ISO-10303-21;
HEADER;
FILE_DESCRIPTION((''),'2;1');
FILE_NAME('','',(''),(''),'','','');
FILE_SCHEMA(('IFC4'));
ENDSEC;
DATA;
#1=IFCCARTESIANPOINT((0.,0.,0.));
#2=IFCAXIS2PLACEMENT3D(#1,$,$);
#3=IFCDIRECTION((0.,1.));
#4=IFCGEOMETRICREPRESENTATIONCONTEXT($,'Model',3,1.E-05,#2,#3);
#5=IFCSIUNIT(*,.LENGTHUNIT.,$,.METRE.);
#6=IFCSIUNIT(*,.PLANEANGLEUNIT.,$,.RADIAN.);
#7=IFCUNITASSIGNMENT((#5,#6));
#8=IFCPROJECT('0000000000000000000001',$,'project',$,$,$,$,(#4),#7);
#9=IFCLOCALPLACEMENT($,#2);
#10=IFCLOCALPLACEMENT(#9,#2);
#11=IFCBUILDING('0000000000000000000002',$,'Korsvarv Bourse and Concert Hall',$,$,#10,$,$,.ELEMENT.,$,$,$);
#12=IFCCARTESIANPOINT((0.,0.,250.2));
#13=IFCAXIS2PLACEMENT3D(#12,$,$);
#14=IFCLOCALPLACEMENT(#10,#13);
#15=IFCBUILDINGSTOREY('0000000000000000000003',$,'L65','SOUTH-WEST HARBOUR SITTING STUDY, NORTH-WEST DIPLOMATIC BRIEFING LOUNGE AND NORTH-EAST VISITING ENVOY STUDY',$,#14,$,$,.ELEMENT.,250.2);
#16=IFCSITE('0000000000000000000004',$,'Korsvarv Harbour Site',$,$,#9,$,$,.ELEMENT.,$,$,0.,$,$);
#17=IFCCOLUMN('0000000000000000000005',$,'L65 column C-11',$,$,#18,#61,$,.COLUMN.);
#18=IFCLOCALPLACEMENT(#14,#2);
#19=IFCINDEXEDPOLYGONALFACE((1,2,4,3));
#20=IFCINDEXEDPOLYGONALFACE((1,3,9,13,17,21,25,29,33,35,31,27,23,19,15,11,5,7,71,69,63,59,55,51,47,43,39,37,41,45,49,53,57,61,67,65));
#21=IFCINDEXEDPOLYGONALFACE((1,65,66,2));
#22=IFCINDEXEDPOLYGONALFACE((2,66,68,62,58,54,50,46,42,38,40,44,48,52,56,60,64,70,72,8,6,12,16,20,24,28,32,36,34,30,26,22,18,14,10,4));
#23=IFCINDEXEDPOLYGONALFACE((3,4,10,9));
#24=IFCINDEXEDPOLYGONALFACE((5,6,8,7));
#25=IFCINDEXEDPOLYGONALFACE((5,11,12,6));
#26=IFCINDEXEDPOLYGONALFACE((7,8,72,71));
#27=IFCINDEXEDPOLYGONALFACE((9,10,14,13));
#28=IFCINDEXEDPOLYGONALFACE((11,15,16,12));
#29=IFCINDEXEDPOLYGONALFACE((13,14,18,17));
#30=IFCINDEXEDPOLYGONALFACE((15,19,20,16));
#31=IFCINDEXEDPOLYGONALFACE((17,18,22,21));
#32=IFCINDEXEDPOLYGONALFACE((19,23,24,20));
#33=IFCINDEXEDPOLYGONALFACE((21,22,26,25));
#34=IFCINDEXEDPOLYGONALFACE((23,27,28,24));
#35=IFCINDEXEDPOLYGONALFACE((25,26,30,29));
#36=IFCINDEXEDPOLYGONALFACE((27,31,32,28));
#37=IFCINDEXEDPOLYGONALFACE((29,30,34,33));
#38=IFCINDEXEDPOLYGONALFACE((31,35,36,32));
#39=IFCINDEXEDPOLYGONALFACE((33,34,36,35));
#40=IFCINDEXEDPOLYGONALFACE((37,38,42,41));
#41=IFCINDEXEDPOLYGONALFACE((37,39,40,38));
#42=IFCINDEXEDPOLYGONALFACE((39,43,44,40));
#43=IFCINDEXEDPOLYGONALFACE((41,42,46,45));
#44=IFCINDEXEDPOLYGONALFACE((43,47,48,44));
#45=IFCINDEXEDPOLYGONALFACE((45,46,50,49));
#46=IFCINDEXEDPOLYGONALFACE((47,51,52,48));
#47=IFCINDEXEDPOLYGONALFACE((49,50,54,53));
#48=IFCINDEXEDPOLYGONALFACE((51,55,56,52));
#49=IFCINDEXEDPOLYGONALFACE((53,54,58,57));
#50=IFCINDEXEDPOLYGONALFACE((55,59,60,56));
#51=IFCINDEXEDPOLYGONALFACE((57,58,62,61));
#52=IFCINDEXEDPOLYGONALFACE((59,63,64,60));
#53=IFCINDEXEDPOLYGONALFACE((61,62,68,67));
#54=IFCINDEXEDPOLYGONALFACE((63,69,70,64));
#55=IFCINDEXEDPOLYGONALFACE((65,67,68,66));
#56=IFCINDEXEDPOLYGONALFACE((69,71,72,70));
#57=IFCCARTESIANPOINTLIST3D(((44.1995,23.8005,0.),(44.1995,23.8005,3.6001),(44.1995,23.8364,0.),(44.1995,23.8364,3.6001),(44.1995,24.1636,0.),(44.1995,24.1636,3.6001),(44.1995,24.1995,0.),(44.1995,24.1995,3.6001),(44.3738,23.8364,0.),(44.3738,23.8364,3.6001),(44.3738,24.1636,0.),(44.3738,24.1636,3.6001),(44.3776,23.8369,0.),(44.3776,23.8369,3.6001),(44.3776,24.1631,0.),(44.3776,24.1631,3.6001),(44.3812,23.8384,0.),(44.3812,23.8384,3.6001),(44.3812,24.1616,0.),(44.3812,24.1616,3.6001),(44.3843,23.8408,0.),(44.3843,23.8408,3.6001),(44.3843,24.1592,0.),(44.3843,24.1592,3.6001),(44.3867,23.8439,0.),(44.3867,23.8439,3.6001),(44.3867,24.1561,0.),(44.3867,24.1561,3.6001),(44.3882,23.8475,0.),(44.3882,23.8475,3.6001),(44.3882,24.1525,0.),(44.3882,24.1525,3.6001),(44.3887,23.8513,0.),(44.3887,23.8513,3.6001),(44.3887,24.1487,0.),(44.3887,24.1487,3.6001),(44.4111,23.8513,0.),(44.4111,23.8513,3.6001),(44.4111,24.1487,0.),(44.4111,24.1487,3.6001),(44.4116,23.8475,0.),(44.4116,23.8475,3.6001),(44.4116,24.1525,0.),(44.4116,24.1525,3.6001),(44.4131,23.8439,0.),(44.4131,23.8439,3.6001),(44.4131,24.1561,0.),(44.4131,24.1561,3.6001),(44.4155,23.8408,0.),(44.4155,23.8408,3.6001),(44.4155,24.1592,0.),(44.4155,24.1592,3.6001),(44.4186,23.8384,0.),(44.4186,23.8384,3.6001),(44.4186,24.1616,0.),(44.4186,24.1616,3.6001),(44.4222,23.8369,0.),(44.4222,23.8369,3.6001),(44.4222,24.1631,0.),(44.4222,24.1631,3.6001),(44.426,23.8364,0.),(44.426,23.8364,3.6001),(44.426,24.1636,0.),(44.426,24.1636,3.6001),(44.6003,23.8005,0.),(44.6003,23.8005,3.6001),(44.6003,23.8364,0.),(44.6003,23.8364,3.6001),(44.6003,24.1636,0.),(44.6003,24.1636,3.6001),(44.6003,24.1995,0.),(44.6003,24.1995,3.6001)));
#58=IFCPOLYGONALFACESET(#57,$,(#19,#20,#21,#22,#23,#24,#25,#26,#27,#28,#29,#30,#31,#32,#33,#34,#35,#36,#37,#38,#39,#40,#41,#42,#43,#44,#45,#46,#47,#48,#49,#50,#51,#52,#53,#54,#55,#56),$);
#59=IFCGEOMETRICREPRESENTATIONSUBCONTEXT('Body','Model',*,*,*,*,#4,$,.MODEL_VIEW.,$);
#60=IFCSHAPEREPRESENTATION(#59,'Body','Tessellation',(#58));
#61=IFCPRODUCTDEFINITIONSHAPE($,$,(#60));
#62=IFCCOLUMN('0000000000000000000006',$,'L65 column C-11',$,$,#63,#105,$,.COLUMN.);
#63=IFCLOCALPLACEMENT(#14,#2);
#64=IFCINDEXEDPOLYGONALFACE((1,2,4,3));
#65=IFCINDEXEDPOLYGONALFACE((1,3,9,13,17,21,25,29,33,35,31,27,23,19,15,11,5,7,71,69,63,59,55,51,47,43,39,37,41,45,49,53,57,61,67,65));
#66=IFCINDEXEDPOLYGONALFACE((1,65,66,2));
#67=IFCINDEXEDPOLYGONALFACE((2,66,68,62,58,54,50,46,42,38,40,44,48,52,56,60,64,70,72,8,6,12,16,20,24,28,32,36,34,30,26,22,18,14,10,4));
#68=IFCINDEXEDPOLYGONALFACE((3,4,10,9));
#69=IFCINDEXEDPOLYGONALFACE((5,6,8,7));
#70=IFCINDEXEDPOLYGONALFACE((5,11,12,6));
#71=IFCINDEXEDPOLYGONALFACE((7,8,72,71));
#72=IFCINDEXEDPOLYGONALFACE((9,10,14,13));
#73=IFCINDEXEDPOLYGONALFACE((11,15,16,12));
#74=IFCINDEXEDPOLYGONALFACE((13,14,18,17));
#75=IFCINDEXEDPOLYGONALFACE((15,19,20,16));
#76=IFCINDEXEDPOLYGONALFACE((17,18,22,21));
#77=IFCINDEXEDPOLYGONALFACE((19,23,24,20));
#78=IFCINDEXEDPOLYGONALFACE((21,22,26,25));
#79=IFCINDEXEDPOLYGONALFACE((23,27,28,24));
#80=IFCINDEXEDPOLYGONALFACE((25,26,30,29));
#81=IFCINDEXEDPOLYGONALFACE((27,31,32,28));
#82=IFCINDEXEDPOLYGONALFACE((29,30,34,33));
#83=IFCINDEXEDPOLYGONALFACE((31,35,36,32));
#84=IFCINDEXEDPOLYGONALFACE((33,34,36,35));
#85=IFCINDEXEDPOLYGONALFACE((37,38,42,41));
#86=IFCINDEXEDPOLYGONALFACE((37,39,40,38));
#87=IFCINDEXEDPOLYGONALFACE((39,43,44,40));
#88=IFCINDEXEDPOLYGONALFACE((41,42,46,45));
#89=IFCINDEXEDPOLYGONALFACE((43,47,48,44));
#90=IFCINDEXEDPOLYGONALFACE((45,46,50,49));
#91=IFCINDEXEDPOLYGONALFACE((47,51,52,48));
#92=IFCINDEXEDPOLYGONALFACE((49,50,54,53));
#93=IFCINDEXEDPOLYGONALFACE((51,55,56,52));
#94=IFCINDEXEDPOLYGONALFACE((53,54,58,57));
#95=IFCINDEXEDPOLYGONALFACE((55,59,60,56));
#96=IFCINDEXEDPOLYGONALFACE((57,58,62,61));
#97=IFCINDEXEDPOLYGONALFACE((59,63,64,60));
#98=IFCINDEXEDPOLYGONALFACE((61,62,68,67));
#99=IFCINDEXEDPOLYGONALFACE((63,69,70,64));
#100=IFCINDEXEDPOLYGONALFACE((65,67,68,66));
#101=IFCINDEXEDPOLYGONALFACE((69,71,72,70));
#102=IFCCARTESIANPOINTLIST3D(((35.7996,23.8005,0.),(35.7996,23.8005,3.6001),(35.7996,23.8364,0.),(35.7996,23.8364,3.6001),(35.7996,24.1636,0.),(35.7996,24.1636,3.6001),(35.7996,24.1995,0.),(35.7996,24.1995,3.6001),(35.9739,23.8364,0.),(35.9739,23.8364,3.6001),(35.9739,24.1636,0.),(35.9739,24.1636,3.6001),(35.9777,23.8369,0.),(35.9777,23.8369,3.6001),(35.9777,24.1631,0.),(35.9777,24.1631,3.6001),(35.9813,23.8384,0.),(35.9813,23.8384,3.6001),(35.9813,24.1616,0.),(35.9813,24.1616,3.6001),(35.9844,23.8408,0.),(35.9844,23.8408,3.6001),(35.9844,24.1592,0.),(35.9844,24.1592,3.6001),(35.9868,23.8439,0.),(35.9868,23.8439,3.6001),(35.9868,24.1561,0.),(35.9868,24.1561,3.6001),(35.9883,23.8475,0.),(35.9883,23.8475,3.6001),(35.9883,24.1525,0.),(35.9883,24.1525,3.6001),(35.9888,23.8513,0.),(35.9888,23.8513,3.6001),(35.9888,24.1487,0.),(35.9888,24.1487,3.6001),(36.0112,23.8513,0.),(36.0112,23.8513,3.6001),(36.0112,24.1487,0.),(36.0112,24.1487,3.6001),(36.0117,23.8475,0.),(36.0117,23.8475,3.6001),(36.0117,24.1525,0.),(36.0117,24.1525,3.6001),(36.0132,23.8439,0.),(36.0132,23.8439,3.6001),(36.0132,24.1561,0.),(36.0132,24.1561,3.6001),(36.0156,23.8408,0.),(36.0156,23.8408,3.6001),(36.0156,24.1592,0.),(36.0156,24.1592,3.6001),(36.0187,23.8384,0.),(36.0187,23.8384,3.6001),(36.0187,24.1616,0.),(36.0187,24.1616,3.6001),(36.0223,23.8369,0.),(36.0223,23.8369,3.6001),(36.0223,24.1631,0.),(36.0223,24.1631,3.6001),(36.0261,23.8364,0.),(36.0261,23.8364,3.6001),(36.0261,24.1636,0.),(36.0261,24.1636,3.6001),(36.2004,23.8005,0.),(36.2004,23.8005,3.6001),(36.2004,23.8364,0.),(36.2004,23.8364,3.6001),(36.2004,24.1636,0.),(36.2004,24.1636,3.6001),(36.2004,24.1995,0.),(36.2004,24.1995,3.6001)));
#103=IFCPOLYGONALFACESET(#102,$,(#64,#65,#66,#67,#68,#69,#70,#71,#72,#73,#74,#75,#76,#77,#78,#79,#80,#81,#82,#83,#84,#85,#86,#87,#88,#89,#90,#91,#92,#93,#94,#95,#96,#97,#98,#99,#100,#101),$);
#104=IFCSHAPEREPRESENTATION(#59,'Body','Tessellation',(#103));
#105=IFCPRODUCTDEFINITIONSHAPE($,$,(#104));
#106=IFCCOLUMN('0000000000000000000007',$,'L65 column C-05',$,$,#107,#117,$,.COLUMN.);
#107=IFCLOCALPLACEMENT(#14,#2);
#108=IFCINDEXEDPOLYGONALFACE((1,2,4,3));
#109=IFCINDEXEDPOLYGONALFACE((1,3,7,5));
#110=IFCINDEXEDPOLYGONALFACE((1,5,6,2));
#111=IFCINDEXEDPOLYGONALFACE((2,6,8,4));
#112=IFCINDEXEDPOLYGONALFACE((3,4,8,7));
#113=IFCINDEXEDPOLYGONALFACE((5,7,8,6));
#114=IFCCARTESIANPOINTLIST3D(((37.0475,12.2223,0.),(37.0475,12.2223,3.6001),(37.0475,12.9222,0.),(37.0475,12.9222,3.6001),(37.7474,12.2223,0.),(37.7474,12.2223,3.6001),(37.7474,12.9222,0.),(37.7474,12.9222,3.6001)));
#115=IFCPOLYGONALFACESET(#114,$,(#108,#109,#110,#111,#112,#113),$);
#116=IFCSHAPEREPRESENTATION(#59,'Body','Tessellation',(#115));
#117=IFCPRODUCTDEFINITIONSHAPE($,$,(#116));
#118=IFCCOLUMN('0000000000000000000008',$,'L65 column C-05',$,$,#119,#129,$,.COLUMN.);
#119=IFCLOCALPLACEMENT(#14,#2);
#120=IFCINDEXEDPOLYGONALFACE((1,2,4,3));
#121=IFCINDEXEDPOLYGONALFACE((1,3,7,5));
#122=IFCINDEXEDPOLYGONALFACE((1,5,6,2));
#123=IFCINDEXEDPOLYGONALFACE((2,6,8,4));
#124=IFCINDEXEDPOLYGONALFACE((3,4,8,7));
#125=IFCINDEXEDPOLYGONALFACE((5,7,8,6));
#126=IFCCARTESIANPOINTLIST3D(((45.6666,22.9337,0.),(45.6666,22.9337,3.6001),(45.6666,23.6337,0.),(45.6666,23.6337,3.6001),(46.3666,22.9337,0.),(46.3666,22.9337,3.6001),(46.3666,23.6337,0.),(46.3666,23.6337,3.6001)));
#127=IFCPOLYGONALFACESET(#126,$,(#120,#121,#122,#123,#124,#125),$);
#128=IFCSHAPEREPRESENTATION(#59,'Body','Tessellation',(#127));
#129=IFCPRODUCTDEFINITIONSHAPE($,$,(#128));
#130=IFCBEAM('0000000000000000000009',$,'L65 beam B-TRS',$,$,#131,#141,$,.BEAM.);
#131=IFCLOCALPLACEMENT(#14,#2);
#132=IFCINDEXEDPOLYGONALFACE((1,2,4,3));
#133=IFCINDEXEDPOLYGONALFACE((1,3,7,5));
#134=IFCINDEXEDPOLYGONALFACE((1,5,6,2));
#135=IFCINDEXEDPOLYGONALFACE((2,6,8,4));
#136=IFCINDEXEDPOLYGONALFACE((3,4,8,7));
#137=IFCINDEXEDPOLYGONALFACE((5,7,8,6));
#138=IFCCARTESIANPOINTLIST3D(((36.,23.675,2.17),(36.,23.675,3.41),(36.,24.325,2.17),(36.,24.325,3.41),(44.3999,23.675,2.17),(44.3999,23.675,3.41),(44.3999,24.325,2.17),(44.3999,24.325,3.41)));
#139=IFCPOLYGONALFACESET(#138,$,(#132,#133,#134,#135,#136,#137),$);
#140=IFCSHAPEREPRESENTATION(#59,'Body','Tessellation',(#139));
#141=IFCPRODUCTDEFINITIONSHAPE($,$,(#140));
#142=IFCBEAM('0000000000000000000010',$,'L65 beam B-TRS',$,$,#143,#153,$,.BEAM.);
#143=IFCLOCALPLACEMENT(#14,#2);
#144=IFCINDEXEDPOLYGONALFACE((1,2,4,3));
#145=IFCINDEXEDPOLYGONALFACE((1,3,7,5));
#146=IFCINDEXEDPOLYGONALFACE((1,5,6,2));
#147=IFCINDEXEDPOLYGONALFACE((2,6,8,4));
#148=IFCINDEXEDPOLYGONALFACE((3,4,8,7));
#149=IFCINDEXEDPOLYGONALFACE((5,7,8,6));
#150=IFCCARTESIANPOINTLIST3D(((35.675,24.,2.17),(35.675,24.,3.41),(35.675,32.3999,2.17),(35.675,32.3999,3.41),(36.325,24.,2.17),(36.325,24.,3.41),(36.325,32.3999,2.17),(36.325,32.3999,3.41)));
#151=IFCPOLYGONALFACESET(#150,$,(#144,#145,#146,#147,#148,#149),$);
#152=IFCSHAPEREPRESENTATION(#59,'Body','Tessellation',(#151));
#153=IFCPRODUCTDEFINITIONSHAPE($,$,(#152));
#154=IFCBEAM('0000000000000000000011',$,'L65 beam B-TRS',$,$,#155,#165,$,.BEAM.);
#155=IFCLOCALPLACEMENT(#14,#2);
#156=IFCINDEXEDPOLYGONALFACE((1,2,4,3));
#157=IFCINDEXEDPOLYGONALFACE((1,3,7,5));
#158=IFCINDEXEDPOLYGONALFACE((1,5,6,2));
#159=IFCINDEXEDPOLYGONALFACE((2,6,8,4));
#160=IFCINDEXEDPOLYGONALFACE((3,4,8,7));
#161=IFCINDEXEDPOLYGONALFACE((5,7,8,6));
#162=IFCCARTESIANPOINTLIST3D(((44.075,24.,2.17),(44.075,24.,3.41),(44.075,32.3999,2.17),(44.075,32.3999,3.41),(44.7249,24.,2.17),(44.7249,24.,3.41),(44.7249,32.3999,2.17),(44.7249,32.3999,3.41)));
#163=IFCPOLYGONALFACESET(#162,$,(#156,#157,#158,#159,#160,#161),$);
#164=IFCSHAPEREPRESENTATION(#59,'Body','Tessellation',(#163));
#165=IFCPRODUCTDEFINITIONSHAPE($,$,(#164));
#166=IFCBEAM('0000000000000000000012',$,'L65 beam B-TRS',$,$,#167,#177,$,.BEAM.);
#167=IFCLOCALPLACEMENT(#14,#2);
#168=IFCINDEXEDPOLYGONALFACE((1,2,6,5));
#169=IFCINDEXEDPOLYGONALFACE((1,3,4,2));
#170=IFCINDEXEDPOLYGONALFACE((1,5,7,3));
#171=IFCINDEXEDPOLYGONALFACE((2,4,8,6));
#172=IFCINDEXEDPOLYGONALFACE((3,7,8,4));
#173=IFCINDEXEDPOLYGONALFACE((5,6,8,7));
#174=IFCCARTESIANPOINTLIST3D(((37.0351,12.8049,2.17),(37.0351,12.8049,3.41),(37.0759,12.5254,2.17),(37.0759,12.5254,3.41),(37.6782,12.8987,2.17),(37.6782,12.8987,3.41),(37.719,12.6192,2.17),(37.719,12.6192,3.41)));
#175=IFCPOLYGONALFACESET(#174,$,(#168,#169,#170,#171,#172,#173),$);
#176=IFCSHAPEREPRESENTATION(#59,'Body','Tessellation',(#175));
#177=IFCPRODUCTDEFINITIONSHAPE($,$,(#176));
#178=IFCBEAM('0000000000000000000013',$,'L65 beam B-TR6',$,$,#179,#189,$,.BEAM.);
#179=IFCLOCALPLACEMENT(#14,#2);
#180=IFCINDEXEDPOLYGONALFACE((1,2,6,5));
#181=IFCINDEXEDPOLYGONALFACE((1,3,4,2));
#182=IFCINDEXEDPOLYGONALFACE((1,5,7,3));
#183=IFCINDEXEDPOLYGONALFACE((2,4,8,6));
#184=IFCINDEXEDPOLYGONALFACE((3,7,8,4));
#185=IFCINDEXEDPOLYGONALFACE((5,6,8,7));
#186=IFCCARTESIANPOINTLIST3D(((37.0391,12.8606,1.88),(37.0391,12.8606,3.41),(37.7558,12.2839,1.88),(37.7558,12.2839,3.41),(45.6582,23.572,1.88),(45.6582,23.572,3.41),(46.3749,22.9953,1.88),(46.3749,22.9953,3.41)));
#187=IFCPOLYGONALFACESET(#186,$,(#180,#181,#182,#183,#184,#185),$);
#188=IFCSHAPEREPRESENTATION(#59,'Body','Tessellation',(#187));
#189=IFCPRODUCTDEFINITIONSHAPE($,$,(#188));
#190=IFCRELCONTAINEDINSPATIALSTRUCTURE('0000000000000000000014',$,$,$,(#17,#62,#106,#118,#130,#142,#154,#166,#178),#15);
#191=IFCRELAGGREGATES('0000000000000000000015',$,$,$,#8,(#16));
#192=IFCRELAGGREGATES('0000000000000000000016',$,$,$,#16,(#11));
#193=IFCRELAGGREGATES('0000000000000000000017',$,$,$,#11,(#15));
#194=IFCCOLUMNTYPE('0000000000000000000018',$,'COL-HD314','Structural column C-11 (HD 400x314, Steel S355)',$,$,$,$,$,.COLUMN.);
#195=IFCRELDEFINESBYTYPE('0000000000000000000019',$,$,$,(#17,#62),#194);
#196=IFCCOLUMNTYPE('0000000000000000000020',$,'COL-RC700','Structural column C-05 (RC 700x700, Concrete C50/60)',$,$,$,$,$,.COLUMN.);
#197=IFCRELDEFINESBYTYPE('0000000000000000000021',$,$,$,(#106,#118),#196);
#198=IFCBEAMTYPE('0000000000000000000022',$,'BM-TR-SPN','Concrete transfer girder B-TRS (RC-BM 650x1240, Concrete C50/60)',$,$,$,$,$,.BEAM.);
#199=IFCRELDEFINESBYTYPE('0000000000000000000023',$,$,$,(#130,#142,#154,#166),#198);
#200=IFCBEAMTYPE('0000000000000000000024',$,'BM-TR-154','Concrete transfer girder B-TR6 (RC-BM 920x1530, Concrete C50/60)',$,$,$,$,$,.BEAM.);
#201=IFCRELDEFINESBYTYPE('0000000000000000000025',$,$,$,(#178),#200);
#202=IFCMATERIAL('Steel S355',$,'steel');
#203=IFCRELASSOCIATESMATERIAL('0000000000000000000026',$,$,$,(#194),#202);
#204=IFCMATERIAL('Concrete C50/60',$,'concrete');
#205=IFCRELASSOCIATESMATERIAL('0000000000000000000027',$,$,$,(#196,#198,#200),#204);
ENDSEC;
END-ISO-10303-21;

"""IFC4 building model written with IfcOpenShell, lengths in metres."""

from ifc_helpers import new_model, si_unit, direction, frame, origin, origin_2d, place, context, subcontext, project, spatial, rectangle, i_section, extrude, source, transform, mapped, material, material_profile, profile_set, type_object, element, save


model = new_model("IFC4")

# Units and contexts
model_context = context("Model", 3, precision=1e-05, world=origin(), true_north=direction((0.0, 1.0)))
body_context = subcontext(model_context, "Body", "Model", "MODEL_VIEW")
ifc_project = project(units=[si_unit("LENGTHUNIT", "METRE"), si_unit("PLANEANGLEUNIT", "RADIAN")], contexts=[model_context])

# Site, building, storey
site_placement = place(None, origin())
site = spatial("IfcSite", under=ifc_project, at=site_placement, Name="Korsvarv Harbour Site", CompositionType="ELEMENT", RefElevation=0.0)
building_placement = place(site_placement, origin())
building = spatial("IfcBuilding", under=site, at=building_placement, Name="Korsvarv Bourse and Concert Hall", CompositionType="ELEMENT")
storey_placement = place(building_placement, frame((0.0, 0.0, 250.2)))
storey = spatial("IfcBuildingStorey", under=building, at=storey_placement, Name="L65", Description="SOUTH-WEST HARBOUR SITTING STUDY, NORTH-WEST DIPLOMATIC BRIEFING LOUNGE AND NORTH-EAST VISITING ENVOY STUDY", CompositionType="ELEMENT", Elevation=250.2)

# Columns
ifc_material_1 = material(Name="Steel S355", Category="steel")
ifc_material_profile_1 = material_profile(ifc_material_1, i_section(OverallWidth=0.4009, OverallDepth=0.3989, WebThickness=0.0225, FlangeThickness=0.0359, FilletRadius=0.0149, at=origin_2d()), Name="HD 400x314")
ifc_profile_set_1 = profile_set([ifc_material_profile_1], Name="Steel S355")
column_type_1 = type_object("IfcColumnType", Name="COL-HD314", Description="Structural column C-11 (HD 400x314, Steel S355)", PredefinedType="COLUMN", material=ifc_profile_set_1)
shared_shape_1 = source(origin(), body_context, "Body", "SweptSolid", [
    extrude(i_section(OverallWidth=0.4009, OverallDepth=0.3989, WebThickness=0.0225, FlangeThickness=0.0359, FilletRadius=0.0149, at=origin_2d()), origin(), (0.0, 0.0, 1.0), 3.6001),
])
for number, where, z_axis, x_axis, name in (
    (1, (44.3999, 24.0, 0.0), (0.0, 0.0, 1.0), (1.0, 0.0, 0.0), "L65 column C-11"),
    (2, (36.0, 24.0, 0.0), (0.0, 0.0, 1.0), (1.0, 0.0, 0.0), "L65 column C-11"),
):
    element("IfcColumn", number, at=place(storey_placement, frame(where, z_axis=z_axis, x_axis=x_axis)), inside=storey, type_object=column_type_1, Name=name, PredefinedType="COLUMN", context=body_context, shape_type="MappedRepresentation", body=[
        mapped(shared_shape_1, transform((0.0, 0.0, 0.0), scale=1.0)),
    ])
ifc_material_2 = material(Name="Concrete C50/60", Category="concrete")
ifc_material_profile_2 = material_profile(ifc_material_2, rectangle(XDim=0.7, YDim=0.7, at=origin_2d()), Name="RC 700x700")
ifc_profile_set_2 = profile_set([ifc_material_profile_2], Name="Concrete C50/60")
column_type_2 = type_object("IfcColumnType", Name="COL-RC700", Description="Structural column C-05 (RC 700x700, Concrete C50/60)", PredefinedType="COLUMN", material=ifc_profile_set_2)
shared_shape_2 = source(origin(), body_context, "Body", "SweptSolid", [
    extrude(rectangle(XDim=0.7, YDim=0.7, at=origin_2d()), origin(), (0.0, 0.0, 1.0), 3.6001),
])
for number, where, z_axis, x_axis, name in (
    (3, (37.3975, 12.5723, 0.0), (0.0, 0.0, 1.0), (1.0, 0.0, 0.0), "L65 column C-05"),
    (4, (46.0166, 23.2837, 0.0), (0.0, 0.0, 1.0), (1.0, 0.0, 0.0), "L65 column C-05"),
):
    element("IfcColumn", number, at=place(storey_placement, frame(where, z_axis=z_axis, x_axis=x_axis)), inside=storey, type_object=column_type_2, Name=name, PredefinedType="COLUMN", context=body_context, shape_type="MappedRepresentation", body=[
        mapped(shared_shape_2, transform((0.0, 0.0, 0.0), scale=1.0)),
    ])

# Beams
ifc_material_profile_3 = material_profile(ifc_material_2, rectangle(XDim=0.6499, YDim=1.24, at=origin_2d()), Name="RC-BM 650x1240")
ifc_profile_set_3 = profile_set([ifc_material_profile_3], Name="Concrete C50/60")
beam_type_1 = type_object("IfcBeamType", Name="BM-TR-SPN", Description="Concrete transfer girder B-TRS (RC-BM 650x1240, Concrete C50/60)", PredefinedType="BEAM", material=ifc_profile_set_3)
shared_shape_3 = source(origin(), body_context, "Body", "SweptSolid", [
    extrude(rectangle(XDim=0.6499, YDim=1.24, at=origin_2d()), origin(), (0.0, 0.0, 1.0), 8.3999),
])
for number, where, z_axis, x_axis, name in (
    (5, (36.0, 24.0, 2.79), (1.0, 0.0, 0.0), (0.0, 1.0, 0.0), "L65 beam B-TRS"),
    (6, (36.0, 24.0, 2.79), (0.0, 1.0, 0.0), (-1.0, 0.0, 0.0), "L65 beam B-TRS"),
    (7, (44.3999, 24.0, 2.79), (0.0, 1.0, 0.0), (-1.0, 0.0, 0.0), "L65 beam B-TRS"),
):
    element("IfcBeam", number, at=place(storey_placement, frame(where, z_axis=z_axis, x_axis=x_axis)), inside=storey, type_object=beam_type_1, Name=name, PredefinedType="BEAM", context=body_context, shape_type="MappedRepresentation", body=[
        mapped(shared_shape_3, transform((0.0, 0.0, 0.0), scale=1.0)),
    ])
shared_shape_4 = source(origin(), body_context, "Body", "SweptSolid", [
    extrude(rectangle(XDim=0.6499, YDim=1.24, at=origin_2d()), origin(), (0.0, 0.0, 1.0), 0.2825),
])
beam_1_placement = place(storey_placement, frame((37.3975, 12.5723, 2.79), z_axis=(-0.144325, 0.98953, 0.0), x_axis=(-0.98953, -0.144325, 0.0)))
element("IfcBeam", 8, at=beam_1_placement, inside=storey, type_object=beam_type_1, Name="L65 beam B-TRS", PredefinedType="BEAM", context=body_context, shape_type="MappedRepresentation", body=[
    mapped(shared_shape_4, transform((0.0, 0.0, 0.0), scale=1.0)),
])
ifc_material_profile_4 = material_profile(ifc_material_2, rectangle(XDim=0.9199, YDim=1.53, at=origin_2d()), Name="RC-BM 920x1530")
ifc_profile_set_4 = profile_set([ifc_material_profile_4], Name="Concrete C50/60")
beam_type_2 = type_object("IfcBeamType", Name="BM-TR-154", Description="Concrete transfer girder B-TR6 (RC-BM 920x1530, Concrete C50/60)", PredefinedType="BEAM", material=ifc_profile_set_4)
shared_shape_5 = source(origin(), body_context, "Body", "SweptSolid", [
    extrude(rectangle(XDim=0.9199, YDim=1.53, at=origin_2d()), origin(), (0.0, 0.0, 1.0), 13.7485),
])
beam_2_placement = place(storey_placement, frame((37.3975, 12.5723, 2.645), z_axis=(0.62691, 0.779092, 0.0), x_axis=(-0.779092, 0.62691, 0.0)))
element("IfcBeam", 9, at=beam_2_placement, inside=storey, type_object=beam_type_2, Name="L65 beam B-TR6", PredefinedType="BEAM", context=body_context, shape_type="MappedRepresentation", body=[
    mapped(shared_shape_5, transform((0.0, 0.0, 0.0), scale=1.0)),
])

save(model, "model.ifc")
